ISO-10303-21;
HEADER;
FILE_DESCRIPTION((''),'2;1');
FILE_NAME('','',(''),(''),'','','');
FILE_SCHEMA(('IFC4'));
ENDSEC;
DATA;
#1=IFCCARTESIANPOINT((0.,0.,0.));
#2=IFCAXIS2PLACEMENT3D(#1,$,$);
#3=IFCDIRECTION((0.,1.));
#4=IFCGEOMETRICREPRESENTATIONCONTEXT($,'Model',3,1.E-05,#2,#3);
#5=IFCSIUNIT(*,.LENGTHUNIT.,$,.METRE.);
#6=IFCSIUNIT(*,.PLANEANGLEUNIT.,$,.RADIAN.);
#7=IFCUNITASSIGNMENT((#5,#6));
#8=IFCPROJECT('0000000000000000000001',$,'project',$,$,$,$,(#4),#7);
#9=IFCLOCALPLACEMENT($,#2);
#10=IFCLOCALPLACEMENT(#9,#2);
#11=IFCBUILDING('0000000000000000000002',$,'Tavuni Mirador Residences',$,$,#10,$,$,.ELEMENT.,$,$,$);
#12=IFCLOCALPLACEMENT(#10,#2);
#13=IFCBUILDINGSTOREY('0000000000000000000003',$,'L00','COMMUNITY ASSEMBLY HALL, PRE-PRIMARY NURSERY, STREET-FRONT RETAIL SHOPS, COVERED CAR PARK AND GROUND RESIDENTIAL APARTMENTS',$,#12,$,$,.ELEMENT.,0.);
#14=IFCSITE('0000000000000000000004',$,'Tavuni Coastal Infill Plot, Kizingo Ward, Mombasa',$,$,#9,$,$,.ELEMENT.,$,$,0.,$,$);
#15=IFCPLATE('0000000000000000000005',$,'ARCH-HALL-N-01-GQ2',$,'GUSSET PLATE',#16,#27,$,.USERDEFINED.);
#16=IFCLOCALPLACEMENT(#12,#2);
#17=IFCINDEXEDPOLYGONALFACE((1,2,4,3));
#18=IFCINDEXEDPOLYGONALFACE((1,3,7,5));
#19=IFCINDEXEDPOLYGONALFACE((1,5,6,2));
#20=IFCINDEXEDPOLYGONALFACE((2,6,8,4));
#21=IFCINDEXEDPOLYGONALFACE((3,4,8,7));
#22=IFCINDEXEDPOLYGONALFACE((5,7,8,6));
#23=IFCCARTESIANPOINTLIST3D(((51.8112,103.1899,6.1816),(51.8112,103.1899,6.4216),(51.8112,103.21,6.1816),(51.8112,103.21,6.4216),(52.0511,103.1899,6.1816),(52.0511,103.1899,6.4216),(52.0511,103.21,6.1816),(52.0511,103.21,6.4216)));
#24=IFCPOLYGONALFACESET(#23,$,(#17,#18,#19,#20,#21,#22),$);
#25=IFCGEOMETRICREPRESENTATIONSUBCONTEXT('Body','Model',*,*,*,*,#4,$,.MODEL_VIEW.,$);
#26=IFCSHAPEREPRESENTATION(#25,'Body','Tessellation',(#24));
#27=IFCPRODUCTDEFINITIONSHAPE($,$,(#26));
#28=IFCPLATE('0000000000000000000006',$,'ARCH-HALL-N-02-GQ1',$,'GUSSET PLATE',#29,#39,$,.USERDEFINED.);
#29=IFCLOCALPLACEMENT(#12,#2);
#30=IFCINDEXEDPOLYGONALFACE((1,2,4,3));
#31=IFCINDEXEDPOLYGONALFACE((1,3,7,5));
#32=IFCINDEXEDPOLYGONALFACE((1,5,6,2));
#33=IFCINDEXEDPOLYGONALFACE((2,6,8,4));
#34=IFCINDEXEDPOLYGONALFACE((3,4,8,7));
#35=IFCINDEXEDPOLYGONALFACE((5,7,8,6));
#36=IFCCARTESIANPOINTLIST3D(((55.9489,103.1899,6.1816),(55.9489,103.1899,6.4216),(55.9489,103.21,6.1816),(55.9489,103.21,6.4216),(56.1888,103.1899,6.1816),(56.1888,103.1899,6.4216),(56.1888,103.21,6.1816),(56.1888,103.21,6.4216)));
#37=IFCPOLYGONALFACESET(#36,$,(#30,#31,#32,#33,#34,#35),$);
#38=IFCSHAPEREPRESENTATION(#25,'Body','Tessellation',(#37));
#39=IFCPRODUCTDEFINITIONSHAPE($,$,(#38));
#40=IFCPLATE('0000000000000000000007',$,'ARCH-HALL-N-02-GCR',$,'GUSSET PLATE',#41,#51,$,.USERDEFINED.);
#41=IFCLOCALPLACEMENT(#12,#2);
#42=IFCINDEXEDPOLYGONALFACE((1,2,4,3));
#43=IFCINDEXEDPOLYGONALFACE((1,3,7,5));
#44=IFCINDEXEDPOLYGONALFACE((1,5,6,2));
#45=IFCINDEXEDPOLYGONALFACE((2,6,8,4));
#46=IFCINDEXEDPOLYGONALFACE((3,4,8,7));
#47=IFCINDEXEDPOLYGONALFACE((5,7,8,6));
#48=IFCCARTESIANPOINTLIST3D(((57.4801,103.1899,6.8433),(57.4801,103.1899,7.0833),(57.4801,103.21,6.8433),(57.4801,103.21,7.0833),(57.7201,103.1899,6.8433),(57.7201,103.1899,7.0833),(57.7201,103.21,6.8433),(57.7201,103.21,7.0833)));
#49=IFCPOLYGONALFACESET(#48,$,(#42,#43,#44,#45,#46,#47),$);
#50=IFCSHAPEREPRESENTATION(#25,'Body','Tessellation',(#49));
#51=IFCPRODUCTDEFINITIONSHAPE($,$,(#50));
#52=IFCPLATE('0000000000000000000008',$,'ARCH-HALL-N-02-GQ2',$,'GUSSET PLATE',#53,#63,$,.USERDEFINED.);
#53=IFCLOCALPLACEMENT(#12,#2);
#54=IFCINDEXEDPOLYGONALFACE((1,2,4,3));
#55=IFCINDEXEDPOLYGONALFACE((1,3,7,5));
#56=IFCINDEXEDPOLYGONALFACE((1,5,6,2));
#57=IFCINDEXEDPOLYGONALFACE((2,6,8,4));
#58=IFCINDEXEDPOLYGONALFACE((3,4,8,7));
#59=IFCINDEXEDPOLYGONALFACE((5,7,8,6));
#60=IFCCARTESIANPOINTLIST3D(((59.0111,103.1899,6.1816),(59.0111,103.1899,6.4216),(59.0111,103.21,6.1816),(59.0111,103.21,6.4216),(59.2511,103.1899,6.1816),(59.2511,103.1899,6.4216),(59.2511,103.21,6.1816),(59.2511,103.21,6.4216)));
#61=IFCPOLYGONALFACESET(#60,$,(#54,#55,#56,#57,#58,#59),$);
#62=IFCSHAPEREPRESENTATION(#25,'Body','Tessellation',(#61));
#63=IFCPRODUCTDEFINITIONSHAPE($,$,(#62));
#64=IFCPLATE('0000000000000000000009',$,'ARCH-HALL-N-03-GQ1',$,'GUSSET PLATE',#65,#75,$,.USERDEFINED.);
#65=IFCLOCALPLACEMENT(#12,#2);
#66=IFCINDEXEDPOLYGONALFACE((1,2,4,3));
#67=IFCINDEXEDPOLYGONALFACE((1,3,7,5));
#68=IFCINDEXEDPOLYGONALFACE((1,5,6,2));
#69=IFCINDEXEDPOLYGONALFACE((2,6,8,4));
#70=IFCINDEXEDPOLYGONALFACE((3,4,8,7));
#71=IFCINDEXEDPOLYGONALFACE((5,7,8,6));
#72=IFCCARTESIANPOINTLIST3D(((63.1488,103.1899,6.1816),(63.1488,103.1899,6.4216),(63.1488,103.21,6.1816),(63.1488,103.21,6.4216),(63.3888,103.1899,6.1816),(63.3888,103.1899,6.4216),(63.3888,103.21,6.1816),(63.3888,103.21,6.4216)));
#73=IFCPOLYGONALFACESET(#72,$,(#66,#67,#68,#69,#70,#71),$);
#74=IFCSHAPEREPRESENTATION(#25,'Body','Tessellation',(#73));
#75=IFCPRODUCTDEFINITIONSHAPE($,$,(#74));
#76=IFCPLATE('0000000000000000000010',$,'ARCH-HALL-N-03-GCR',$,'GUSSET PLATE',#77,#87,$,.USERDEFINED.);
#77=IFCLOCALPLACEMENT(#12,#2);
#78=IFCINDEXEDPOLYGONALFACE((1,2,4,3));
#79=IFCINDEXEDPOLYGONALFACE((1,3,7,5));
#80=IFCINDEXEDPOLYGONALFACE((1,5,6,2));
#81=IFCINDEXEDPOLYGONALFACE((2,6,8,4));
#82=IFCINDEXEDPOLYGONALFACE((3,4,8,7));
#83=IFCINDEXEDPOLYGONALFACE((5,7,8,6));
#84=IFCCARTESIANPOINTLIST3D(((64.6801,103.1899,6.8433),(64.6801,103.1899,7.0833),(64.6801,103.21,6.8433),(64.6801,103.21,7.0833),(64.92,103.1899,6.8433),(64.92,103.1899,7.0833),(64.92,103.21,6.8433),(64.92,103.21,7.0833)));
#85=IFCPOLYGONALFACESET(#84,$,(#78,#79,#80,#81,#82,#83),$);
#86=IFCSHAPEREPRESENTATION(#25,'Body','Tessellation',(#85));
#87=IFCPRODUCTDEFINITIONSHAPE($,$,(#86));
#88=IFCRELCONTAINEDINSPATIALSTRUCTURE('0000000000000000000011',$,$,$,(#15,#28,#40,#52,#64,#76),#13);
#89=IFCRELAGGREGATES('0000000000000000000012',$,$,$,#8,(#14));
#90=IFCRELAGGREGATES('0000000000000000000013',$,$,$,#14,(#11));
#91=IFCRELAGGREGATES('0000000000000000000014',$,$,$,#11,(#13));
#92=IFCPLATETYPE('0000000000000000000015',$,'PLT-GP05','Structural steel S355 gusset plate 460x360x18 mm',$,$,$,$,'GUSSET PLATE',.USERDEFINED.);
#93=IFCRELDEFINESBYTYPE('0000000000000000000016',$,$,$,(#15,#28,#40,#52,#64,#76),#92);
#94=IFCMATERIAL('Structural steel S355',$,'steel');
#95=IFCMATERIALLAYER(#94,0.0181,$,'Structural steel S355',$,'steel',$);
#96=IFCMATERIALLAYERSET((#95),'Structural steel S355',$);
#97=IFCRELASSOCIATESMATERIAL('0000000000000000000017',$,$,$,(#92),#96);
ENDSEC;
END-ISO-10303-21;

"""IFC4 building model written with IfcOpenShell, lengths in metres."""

from ifc_helpers import new_model, si_unit, direction, frame, origin, origin_2d, place, context, subcontext, project, spatial, rectangle, extrude, material, layer, layer_set, type_object, element, save


model = new_model("IFC4")

# Units and contexts
model_context = context("Model", 3, precision=1e-05, world=origin(), true_north=direction((0.0, 1.0)))
body_context = subcontext(model_context, "Body", "Model", "MODEL_VIEW")
ifc_project = project(units=[si_unit("LENGTHUNIT", "METRE"), si_unit("PLANEANGLEUNIT", "RADIAN")], contexts=[model_context])

# Site, building, storey
site_placement = place(None, origin())
site = spatial("IfcSite", under=ifc_project, at=site_placement, Name="Tavuni Coastal Infill Plot, Kizingo Ward, Mombasa", CompositionType="ELEMENT", RefElevation=0.0)
building_placement = place(site_placement, origin())
building = spatial("IfcBuilding", under=site, at=building_placement, Name="Tavuni Mirador Residences", CompositionType="ELEMENT")
storey_placement = place(building_placement, origin())
storey = spatial("IfcBuildingStorey", under=building, at=storey_placement, Name="L00", Description="COMMUNITY ASSEMBLY HALL, PRE-PRIMARY NURSERY, STREET-FRONT RETAIL SHOPS, COVERED CAR PARK AND GROUND RESIDENTIAL APARTMENTS", CompositionType="ELEMENT", Elevation=0.0)

# Shared definitions
ifc_material = material(Name="Structural steel S355", Category="steel")

# Plates
ifc_layer = layer(ifc_material, 0.0181, Name="Structural steel S355", Category="steel")
ifc_layer_set = layer_set([ifc_layer], Name="Structural steel S355")
plate_type = type_object("IfcPlateType", Name="PLT-GP05", Description="Structural steel S355 gusset plate 460x360x18 mm", ElementType="GUSSET PLATE", PredefinedType="USERDEFINED", material=ifc_layer_set)
for number, where, z_axis, x_axis, name in (
    (1, (51.9312, 103.2, 6.1816), (0.0, 0.0, 1.0), (1.0, 0.0, 0.0), "ARCH-HALL-N-01-GQ2"),
    (2, (56.0688, 103.2, 6.1816), (0.0, 0.0, 1.0), (1.0, 0.0, 0.0), "ARCH-HALL-N-02-GQ1"),
    (3, (57.6001, 103.2, 6.8433), (0.0, 0.0, 1.0), (1.0, 0.0, 0.0), "ARCH-HALL-N-02-GCR"),
    (4, (59.1311, 103.2, 6.1816), (0.0, 0.0, 1.0), (1.0, 0.0, 0.0), "ARCH-HALL-N-02-GQ2"),
    (5, (63.2688, 103.2, 6.1816), (0.0, 0.0, 1.0), (1.0, 0.0, 0.0), "ARCH-HALL-N-03-GQ1"),
    (6, (64.8, 103.2, 6.8433), (0.0, 0.0, 1.0), (1.0, 0.0, 0.0), "ARCH-HALL-N-03-GCR"),
):
    element("IfcPlate", number, at=place(storey_placement, frame(where, z_axis=z_axis, x_axis=x_axis)), inside=storey, type_object=plate_type, Name=name, ObjectType="GUSSET PLATE", PredefinedType="USERDEFINED", context=body_context, shape_type="SweptSolid", body=[
        extrude(rectangle(XDim=0.24, YDim=0.02, at=origin_2d()), origin(), (0.0, 0.0, 1.0), 0.24),
    ])

save(model, "model.ifc")
